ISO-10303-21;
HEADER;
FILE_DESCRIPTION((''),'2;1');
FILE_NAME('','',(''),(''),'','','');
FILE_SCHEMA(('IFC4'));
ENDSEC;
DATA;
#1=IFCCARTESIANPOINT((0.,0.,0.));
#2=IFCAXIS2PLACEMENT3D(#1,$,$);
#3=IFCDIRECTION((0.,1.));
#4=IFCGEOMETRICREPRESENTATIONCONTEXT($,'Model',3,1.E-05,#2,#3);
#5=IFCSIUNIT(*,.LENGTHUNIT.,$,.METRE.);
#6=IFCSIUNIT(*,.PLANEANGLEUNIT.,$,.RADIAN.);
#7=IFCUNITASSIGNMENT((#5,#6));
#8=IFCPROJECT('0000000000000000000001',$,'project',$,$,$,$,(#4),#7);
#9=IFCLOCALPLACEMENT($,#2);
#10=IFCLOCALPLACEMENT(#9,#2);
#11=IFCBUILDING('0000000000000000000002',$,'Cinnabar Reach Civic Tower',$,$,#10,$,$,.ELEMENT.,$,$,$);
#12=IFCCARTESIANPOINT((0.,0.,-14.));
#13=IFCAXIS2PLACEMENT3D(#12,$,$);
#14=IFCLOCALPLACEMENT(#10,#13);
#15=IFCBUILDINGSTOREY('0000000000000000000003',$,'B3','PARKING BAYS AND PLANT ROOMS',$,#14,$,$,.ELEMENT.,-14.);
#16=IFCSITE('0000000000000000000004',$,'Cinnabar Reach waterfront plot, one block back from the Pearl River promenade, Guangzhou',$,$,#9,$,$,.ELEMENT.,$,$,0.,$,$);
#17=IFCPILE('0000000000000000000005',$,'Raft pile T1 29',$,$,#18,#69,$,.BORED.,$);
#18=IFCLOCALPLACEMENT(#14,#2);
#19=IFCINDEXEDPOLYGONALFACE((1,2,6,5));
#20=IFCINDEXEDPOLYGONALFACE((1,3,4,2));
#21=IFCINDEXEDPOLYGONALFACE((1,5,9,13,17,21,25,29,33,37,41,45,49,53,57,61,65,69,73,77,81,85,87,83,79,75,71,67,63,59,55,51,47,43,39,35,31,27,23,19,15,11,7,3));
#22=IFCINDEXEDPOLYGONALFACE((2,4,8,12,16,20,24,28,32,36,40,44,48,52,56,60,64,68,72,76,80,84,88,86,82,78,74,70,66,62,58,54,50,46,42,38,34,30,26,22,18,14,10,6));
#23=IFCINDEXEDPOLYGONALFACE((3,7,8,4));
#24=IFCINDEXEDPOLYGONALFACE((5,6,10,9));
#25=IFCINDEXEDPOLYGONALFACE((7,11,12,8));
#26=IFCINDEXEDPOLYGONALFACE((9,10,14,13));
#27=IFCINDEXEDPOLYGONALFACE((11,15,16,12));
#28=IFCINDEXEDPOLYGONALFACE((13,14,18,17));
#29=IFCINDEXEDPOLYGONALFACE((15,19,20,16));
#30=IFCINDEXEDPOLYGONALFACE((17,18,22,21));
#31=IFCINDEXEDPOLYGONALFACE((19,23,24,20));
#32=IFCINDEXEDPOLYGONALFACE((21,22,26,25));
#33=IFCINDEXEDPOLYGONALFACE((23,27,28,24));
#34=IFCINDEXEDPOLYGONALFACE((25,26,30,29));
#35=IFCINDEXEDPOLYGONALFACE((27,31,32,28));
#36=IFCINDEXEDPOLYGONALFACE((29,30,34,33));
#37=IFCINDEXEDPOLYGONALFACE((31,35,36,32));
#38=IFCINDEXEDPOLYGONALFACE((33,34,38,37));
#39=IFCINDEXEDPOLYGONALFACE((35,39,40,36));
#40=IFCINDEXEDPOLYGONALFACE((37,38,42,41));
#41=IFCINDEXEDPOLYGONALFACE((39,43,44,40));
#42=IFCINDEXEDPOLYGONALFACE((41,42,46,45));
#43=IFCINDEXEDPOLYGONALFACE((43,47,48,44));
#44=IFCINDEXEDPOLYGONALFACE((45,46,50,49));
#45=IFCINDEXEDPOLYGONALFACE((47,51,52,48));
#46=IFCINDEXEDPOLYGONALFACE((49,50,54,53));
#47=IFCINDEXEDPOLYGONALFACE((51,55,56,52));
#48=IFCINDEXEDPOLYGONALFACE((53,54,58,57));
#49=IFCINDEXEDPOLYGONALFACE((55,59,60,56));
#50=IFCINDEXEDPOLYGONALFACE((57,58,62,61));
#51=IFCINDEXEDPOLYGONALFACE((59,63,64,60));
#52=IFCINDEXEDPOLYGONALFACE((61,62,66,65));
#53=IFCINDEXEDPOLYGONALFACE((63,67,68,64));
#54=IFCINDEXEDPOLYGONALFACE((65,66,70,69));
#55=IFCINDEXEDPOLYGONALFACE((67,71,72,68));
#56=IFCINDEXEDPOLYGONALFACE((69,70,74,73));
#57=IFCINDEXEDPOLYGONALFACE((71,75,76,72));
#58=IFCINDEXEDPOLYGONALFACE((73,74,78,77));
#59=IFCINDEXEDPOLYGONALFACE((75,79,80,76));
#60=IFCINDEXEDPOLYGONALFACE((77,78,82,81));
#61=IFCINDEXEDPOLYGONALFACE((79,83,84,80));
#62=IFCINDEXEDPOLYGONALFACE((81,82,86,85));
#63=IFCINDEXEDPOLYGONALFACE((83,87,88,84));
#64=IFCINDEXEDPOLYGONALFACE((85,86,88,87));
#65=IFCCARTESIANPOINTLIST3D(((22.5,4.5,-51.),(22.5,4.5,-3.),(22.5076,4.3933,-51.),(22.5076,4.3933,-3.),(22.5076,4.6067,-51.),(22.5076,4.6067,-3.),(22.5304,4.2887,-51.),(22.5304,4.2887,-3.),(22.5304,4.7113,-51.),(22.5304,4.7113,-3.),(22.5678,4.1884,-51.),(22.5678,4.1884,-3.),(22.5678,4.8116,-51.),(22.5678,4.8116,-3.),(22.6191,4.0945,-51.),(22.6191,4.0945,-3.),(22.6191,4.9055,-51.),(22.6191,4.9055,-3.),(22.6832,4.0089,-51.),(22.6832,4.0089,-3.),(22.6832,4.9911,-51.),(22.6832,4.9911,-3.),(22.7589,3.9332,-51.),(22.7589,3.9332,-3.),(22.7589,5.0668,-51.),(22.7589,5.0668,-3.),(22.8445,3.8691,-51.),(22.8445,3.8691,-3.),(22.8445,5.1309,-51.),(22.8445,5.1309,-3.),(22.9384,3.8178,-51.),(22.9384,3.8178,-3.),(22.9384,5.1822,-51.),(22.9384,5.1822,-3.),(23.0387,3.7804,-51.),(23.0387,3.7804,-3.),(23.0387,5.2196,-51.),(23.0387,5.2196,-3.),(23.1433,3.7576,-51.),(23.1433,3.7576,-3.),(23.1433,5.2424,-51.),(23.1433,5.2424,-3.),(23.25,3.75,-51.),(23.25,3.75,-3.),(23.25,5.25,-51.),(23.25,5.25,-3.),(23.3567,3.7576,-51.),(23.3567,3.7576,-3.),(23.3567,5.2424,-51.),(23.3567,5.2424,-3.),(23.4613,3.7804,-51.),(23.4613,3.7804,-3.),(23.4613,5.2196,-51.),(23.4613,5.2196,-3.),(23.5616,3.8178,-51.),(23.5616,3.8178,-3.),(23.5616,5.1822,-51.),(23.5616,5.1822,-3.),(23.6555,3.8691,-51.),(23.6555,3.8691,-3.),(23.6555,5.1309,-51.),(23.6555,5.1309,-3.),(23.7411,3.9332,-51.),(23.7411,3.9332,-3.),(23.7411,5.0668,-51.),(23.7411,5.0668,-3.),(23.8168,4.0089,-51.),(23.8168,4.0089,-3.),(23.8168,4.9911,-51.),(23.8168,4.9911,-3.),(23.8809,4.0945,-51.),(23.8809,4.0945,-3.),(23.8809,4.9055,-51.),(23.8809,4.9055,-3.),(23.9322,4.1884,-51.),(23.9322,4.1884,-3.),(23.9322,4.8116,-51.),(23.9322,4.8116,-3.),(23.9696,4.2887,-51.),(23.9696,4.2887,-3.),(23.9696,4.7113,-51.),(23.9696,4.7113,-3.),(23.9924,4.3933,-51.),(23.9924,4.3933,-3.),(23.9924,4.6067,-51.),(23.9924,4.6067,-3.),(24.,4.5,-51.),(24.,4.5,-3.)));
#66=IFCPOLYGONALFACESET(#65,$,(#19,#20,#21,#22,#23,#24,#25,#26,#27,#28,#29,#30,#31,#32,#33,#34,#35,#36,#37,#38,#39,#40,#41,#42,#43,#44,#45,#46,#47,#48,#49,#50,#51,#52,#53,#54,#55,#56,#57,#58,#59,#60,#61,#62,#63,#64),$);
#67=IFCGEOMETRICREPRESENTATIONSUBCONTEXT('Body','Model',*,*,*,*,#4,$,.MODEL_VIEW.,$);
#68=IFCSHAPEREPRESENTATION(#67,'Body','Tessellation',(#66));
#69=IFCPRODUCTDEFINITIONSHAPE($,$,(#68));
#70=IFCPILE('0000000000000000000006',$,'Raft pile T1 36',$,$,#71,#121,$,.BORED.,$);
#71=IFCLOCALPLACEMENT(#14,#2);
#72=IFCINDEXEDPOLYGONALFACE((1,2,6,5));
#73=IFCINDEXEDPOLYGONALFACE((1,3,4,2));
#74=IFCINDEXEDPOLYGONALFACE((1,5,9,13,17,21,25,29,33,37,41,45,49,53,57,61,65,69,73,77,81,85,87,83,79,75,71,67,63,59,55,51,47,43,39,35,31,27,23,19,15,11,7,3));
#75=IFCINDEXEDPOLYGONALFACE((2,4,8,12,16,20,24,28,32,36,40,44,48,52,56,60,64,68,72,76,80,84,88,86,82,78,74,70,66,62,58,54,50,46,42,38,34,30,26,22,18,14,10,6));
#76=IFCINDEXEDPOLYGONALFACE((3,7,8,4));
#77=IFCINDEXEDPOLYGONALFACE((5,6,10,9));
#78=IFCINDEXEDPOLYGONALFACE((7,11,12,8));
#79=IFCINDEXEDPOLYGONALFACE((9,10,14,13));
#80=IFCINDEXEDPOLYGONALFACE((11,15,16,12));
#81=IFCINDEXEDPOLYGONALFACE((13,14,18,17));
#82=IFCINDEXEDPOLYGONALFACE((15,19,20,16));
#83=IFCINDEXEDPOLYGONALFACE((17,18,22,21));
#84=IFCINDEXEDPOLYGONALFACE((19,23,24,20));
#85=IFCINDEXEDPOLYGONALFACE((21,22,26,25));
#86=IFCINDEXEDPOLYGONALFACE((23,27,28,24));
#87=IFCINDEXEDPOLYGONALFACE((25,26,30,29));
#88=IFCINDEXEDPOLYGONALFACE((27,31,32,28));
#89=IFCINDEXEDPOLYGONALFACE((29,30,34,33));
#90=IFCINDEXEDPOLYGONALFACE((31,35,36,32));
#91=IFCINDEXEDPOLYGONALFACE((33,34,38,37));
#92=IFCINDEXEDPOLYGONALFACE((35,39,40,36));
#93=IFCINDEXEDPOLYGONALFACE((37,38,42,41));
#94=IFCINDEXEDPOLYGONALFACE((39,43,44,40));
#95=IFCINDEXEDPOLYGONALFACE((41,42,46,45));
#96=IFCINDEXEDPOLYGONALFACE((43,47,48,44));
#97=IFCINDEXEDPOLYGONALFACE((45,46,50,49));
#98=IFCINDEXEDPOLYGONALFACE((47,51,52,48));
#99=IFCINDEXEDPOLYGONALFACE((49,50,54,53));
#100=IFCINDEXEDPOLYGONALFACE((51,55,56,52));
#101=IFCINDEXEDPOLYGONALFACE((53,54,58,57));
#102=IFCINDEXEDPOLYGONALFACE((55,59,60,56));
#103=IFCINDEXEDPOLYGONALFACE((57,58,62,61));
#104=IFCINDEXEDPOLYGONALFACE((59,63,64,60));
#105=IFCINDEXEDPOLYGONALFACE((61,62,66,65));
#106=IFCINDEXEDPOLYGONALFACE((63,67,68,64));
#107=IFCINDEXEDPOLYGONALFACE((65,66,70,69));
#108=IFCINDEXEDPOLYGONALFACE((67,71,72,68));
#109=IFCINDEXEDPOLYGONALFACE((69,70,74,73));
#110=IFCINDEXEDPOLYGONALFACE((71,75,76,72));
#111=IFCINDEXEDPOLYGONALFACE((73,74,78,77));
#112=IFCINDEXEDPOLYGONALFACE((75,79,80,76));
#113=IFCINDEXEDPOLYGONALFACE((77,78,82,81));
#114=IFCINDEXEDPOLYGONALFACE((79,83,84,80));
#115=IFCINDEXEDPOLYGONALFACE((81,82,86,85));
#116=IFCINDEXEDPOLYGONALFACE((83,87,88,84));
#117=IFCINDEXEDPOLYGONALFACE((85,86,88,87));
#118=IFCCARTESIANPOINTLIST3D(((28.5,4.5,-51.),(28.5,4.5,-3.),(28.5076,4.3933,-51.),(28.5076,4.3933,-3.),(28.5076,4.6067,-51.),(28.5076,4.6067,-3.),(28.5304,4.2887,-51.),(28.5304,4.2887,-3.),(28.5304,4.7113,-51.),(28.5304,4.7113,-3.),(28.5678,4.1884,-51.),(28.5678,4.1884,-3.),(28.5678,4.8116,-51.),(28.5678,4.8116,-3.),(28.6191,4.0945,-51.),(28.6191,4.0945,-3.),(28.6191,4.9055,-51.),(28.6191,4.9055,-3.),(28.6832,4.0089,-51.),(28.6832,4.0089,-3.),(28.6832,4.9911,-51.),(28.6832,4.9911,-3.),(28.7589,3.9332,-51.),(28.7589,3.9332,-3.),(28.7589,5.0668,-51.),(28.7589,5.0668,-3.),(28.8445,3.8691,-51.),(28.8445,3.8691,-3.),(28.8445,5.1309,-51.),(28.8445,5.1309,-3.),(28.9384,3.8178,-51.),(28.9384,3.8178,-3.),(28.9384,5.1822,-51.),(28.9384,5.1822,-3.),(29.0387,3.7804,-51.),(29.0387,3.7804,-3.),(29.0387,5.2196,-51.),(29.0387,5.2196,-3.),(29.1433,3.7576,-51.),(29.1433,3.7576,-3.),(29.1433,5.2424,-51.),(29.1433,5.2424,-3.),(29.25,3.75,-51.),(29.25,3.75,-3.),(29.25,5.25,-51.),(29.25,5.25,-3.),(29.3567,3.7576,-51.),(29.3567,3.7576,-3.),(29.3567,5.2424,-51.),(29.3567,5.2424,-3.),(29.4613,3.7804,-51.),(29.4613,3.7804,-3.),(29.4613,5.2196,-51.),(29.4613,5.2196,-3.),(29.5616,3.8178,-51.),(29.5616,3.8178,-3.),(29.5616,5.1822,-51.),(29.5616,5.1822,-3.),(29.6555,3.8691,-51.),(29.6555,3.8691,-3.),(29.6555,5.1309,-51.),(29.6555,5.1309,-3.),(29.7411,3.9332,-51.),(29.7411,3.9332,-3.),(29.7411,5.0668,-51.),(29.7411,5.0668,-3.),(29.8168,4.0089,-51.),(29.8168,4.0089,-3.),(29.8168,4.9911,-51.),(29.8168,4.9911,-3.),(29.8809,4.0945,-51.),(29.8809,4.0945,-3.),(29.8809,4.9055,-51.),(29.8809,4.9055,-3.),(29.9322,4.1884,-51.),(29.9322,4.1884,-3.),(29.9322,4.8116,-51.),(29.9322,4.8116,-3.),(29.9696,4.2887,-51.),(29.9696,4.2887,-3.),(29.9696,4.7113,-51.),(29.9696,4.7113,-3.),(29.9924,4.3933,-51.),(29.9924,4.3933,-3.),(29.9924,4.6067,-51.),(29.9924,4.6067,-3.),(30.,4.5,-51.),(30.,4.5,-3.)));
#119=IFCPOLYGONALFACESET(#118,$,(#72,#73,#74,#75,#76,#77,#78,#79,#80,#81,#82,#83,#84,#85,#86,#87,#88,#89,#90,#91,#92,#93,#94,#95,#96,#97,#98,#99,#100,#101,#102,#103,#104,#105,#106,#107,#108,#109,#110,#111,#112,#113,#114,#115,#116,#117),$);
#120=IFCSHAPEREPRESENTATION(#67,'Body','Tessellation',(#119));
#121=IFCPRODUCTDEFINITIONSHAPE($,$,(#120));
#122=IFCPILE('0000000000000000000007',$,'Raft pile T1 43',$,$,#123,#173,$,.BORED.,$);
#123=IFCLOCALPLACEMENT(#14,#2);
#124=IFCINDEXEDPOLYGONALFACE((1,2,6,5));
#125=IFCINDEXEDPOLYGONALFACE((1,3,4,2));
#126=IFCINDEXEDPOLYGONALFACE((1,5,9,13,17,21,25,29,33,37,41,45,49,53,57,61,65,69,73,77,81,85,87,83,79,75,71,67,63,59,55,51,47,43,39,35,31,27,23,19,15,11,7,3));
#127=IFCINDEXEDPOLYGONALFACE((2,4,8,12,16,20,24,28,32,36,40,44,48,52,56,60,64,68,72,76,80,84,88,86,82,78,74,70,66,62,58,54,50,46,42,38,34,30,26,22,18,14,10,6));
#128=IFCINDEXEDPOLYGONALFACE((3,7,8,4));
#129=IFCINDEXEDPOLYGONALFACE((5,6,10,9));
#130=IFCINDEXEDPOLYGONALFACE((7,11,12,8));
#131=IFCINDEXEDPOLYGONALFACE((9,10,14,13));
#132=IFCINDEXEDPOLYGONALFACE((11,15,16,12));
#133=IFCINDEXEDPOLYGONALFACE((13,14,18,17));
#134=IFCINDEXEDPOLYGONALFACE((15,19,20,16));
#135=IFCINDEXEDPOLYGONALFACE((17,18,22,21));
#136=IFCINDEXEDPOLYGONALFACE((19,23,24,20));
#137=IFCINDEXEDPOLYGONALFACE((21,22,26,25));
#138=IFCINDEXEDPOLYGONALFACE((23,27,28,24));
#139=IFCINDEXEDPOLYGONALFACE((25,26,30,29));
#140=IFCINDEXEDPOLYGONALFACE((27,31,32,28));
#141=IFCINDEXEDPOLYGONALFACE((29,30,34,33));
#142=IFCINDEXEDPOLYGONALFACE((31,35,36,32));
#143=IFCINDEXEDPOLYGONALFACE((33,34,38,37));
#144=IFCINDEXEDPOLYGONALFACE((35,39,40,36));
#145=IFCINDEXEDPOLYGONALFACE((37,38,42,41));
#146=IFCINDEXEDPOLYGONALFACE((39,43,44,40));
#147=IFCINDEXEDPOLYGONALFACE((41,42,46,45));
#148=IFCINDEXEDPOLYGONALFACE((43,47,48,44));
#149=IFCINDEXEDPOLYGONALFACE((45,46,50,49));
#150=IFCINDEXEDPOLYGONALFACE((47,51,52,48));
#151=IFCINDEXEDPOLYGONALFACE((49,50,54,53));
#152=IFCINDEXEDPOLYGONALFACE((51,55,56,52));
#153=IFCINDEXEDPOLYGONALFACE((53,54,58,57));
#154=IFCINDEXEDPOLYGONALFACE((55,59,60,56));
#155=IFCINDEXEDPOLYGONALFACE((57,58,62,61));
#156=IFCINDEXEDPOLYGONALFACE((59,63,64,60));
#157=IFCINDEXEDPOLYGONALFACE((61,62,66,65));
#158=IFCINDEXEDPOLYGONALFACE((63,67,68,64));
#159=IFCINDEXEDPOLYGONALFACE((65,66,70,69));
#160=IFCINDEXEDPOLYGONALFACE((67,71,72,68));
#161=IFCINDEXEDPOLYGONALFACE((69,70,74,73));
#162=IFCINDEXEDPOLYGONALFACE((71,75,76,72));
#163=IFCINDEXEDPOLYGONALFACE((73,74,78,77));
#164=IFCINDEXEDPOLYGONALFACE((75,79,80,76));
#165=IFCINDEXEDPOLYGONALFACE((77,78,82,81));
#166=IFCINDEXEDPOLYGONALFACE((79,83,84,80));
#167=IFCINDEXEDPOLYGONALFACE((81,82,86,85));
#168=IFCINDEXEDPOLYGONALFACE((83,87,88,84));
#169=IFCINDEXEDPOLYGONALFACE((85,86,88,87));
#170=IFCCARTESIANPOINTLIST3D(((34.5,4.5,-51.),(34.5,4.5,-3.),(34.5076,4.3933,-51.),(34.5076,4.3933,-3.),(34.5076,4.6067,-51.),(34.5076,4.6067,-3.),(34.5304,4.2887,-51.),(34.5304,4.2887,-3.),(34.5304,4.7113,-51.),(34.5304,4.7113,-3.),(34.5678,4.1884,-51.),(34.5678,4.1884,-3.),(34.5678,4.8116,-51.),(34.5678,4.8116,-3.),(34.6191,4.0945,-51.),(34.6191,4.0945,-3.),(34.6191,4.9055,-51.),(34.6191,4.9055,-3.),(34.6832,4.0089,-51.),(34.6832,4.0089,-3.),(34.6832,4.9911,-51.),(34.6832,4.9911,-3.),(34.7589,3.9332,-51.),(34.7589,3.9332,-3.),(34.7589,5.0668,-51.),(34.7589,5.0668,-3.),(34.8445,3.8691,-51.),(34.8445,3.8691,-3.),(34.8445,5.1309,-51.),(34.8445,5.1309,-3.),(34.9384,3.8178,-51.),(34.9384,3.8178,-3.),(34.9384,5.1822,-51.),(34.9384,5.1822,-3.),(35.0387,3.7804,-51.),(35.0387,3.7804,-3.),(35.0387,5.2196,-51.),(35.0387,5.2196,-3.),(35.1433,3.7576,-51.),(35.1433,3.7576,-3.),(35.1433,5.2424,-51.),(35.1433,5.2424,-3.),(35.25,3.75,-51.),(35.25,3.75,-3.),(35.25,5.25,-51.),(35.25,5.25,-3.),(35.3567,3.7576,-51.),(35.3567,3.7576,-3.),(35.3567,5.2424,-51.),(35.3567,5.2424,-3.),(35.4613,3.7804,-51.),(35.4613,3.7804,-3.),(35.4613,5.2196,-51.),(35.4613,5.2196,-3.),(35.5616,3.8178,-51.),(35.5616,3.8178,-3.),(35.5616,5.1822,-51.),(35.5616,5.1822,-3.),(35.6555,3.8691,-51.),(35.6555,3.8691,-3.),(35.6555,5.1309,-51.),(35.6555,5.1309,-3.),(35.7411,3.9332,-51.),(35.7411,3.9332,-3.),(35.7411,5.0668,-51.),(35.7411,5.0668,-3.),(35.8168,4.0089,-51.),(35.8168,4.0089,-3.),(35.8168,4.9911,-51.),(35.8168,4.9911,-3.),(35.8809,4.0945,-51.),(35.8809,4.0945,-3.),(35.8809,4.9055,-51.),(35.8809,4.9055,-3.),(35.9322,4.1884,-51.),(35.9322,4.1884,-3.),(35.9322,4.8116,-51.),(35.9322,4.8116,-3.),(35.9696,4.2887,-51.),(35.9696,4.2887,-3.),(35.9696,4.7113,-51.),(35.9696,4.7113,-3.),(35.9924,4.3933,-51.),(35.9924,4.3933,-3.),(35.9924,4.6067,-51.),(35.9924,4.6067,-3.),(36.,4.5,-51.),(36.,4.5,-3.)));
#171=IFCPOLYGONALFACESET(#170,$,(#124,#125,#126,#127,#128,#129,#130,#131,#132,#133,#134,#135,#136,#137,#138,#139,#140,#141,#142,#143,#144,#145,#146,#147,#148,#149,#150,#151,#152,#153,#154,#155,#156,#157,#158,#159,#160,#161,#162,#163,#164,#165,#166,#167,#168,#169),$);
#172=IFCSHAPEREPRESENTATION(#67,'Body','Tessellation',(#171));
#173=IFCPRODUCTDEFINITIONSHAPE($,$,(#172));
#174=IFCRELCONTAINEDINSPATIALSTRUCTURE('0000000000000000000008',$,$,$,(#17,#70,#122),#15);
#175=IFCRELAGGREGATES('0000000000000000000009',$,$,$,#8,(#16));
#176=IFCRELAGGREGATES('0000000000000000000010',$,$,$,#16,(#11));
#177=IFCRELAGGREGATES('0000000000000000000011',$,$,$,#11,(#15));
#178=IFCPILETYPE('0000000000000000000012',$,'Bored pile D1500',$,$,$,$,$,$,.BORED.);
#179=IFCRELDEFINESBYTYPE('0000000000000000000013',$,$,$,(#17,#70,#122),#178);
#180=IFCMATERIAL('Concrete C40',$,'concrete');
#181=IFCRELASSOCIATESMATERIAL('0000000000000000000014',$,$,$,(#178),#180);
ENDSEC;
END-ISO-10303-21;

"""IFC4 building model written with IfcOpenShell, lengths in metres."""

from ifc_helpers import new_model, si_unit, direction, frame, origin, origin_2d, place, context, subcontext, project, spatial, circle, extrude, material, type_object, element, save


model = new_model("IFC4")

# Units and contexts
model_context = context("Model", 3, precision=1e-05, world=origin(), true_north=direction((0.0, 1.0)))
body_context = subcontext(model_context, "Body", "Model", "MODEL_VIEW")
ifc_project = project(units=[si_unit("LENGTHUNIT", "METRE"), si_unit("PLANEANGLEUNIT", "RADIAN")], contexts=[model_context])

# Site, building, storey
site_placement = place(None, origin())
site = spatial("IfcSite", under=ifc_project, at=site_placement, Name="Cinnabar Reach waterfront plot, one block back from the Pearl River promenade, Guangzhou", CompositionType="ELEMENT", RefElevation=0.0)
building_placement = place(site_placement, origin())
building = spatial("IfcBuilding", under=site, at=building_placement, Name="Cinnabar Reach Civic Tower", CompositionType="ELEMENT")
storey_placement = place(building_placement, frame((0.0, 0.0, -14.0)))
storey = spatial("IfcBuildingStorey", under=building, at=storey_placement, Name="B3", Description="PARKING BAYS AND PLANT ROOMS", CompositionType="ELEMENT", Elevation=-14.0)

# Piles
ifc_material_1 = material(Name="Concrete C40", Category="concrete")
pile_type_1 = type_object("IfcPileType", Name="Bored pile D1500", PredefinedType="BORED", material=ifc_material_1)
for number, where, z_axis, x_axis, name in (
    (1, (23.25, 4.5, -3.0), (0.0, 0.0, -1.0), (1.0, 0.0, 0.0), "Raft pile T1 29"),
    (2, (29.25, 4.5, -3.0), (0.0, 0.0, -1.0), (1.0, 0.0, 0.0), "Raft pile T1 36"),
    (3, (35.25, 4.5, -3.0), (0.0, 0.0, -1.0), (1.0, 0.0, 0.0), "Raft pile T1 43"),
):
    element("IfcPile", number, at=place(storey_placement, frame(where, z_axis=z_axis, x_axis=x_axis)), inside=storey, type_object=pile_type_1, Name=name, PredefinedType="BORED", context=body_context, shape_type="SweptSolid", body=[
        extrude(circle(Radius=0.75, at=origin_2d()), origin(), (0.0, 0.0, 1.0), 48.0),
    ])

save(model, "model.ifc")
